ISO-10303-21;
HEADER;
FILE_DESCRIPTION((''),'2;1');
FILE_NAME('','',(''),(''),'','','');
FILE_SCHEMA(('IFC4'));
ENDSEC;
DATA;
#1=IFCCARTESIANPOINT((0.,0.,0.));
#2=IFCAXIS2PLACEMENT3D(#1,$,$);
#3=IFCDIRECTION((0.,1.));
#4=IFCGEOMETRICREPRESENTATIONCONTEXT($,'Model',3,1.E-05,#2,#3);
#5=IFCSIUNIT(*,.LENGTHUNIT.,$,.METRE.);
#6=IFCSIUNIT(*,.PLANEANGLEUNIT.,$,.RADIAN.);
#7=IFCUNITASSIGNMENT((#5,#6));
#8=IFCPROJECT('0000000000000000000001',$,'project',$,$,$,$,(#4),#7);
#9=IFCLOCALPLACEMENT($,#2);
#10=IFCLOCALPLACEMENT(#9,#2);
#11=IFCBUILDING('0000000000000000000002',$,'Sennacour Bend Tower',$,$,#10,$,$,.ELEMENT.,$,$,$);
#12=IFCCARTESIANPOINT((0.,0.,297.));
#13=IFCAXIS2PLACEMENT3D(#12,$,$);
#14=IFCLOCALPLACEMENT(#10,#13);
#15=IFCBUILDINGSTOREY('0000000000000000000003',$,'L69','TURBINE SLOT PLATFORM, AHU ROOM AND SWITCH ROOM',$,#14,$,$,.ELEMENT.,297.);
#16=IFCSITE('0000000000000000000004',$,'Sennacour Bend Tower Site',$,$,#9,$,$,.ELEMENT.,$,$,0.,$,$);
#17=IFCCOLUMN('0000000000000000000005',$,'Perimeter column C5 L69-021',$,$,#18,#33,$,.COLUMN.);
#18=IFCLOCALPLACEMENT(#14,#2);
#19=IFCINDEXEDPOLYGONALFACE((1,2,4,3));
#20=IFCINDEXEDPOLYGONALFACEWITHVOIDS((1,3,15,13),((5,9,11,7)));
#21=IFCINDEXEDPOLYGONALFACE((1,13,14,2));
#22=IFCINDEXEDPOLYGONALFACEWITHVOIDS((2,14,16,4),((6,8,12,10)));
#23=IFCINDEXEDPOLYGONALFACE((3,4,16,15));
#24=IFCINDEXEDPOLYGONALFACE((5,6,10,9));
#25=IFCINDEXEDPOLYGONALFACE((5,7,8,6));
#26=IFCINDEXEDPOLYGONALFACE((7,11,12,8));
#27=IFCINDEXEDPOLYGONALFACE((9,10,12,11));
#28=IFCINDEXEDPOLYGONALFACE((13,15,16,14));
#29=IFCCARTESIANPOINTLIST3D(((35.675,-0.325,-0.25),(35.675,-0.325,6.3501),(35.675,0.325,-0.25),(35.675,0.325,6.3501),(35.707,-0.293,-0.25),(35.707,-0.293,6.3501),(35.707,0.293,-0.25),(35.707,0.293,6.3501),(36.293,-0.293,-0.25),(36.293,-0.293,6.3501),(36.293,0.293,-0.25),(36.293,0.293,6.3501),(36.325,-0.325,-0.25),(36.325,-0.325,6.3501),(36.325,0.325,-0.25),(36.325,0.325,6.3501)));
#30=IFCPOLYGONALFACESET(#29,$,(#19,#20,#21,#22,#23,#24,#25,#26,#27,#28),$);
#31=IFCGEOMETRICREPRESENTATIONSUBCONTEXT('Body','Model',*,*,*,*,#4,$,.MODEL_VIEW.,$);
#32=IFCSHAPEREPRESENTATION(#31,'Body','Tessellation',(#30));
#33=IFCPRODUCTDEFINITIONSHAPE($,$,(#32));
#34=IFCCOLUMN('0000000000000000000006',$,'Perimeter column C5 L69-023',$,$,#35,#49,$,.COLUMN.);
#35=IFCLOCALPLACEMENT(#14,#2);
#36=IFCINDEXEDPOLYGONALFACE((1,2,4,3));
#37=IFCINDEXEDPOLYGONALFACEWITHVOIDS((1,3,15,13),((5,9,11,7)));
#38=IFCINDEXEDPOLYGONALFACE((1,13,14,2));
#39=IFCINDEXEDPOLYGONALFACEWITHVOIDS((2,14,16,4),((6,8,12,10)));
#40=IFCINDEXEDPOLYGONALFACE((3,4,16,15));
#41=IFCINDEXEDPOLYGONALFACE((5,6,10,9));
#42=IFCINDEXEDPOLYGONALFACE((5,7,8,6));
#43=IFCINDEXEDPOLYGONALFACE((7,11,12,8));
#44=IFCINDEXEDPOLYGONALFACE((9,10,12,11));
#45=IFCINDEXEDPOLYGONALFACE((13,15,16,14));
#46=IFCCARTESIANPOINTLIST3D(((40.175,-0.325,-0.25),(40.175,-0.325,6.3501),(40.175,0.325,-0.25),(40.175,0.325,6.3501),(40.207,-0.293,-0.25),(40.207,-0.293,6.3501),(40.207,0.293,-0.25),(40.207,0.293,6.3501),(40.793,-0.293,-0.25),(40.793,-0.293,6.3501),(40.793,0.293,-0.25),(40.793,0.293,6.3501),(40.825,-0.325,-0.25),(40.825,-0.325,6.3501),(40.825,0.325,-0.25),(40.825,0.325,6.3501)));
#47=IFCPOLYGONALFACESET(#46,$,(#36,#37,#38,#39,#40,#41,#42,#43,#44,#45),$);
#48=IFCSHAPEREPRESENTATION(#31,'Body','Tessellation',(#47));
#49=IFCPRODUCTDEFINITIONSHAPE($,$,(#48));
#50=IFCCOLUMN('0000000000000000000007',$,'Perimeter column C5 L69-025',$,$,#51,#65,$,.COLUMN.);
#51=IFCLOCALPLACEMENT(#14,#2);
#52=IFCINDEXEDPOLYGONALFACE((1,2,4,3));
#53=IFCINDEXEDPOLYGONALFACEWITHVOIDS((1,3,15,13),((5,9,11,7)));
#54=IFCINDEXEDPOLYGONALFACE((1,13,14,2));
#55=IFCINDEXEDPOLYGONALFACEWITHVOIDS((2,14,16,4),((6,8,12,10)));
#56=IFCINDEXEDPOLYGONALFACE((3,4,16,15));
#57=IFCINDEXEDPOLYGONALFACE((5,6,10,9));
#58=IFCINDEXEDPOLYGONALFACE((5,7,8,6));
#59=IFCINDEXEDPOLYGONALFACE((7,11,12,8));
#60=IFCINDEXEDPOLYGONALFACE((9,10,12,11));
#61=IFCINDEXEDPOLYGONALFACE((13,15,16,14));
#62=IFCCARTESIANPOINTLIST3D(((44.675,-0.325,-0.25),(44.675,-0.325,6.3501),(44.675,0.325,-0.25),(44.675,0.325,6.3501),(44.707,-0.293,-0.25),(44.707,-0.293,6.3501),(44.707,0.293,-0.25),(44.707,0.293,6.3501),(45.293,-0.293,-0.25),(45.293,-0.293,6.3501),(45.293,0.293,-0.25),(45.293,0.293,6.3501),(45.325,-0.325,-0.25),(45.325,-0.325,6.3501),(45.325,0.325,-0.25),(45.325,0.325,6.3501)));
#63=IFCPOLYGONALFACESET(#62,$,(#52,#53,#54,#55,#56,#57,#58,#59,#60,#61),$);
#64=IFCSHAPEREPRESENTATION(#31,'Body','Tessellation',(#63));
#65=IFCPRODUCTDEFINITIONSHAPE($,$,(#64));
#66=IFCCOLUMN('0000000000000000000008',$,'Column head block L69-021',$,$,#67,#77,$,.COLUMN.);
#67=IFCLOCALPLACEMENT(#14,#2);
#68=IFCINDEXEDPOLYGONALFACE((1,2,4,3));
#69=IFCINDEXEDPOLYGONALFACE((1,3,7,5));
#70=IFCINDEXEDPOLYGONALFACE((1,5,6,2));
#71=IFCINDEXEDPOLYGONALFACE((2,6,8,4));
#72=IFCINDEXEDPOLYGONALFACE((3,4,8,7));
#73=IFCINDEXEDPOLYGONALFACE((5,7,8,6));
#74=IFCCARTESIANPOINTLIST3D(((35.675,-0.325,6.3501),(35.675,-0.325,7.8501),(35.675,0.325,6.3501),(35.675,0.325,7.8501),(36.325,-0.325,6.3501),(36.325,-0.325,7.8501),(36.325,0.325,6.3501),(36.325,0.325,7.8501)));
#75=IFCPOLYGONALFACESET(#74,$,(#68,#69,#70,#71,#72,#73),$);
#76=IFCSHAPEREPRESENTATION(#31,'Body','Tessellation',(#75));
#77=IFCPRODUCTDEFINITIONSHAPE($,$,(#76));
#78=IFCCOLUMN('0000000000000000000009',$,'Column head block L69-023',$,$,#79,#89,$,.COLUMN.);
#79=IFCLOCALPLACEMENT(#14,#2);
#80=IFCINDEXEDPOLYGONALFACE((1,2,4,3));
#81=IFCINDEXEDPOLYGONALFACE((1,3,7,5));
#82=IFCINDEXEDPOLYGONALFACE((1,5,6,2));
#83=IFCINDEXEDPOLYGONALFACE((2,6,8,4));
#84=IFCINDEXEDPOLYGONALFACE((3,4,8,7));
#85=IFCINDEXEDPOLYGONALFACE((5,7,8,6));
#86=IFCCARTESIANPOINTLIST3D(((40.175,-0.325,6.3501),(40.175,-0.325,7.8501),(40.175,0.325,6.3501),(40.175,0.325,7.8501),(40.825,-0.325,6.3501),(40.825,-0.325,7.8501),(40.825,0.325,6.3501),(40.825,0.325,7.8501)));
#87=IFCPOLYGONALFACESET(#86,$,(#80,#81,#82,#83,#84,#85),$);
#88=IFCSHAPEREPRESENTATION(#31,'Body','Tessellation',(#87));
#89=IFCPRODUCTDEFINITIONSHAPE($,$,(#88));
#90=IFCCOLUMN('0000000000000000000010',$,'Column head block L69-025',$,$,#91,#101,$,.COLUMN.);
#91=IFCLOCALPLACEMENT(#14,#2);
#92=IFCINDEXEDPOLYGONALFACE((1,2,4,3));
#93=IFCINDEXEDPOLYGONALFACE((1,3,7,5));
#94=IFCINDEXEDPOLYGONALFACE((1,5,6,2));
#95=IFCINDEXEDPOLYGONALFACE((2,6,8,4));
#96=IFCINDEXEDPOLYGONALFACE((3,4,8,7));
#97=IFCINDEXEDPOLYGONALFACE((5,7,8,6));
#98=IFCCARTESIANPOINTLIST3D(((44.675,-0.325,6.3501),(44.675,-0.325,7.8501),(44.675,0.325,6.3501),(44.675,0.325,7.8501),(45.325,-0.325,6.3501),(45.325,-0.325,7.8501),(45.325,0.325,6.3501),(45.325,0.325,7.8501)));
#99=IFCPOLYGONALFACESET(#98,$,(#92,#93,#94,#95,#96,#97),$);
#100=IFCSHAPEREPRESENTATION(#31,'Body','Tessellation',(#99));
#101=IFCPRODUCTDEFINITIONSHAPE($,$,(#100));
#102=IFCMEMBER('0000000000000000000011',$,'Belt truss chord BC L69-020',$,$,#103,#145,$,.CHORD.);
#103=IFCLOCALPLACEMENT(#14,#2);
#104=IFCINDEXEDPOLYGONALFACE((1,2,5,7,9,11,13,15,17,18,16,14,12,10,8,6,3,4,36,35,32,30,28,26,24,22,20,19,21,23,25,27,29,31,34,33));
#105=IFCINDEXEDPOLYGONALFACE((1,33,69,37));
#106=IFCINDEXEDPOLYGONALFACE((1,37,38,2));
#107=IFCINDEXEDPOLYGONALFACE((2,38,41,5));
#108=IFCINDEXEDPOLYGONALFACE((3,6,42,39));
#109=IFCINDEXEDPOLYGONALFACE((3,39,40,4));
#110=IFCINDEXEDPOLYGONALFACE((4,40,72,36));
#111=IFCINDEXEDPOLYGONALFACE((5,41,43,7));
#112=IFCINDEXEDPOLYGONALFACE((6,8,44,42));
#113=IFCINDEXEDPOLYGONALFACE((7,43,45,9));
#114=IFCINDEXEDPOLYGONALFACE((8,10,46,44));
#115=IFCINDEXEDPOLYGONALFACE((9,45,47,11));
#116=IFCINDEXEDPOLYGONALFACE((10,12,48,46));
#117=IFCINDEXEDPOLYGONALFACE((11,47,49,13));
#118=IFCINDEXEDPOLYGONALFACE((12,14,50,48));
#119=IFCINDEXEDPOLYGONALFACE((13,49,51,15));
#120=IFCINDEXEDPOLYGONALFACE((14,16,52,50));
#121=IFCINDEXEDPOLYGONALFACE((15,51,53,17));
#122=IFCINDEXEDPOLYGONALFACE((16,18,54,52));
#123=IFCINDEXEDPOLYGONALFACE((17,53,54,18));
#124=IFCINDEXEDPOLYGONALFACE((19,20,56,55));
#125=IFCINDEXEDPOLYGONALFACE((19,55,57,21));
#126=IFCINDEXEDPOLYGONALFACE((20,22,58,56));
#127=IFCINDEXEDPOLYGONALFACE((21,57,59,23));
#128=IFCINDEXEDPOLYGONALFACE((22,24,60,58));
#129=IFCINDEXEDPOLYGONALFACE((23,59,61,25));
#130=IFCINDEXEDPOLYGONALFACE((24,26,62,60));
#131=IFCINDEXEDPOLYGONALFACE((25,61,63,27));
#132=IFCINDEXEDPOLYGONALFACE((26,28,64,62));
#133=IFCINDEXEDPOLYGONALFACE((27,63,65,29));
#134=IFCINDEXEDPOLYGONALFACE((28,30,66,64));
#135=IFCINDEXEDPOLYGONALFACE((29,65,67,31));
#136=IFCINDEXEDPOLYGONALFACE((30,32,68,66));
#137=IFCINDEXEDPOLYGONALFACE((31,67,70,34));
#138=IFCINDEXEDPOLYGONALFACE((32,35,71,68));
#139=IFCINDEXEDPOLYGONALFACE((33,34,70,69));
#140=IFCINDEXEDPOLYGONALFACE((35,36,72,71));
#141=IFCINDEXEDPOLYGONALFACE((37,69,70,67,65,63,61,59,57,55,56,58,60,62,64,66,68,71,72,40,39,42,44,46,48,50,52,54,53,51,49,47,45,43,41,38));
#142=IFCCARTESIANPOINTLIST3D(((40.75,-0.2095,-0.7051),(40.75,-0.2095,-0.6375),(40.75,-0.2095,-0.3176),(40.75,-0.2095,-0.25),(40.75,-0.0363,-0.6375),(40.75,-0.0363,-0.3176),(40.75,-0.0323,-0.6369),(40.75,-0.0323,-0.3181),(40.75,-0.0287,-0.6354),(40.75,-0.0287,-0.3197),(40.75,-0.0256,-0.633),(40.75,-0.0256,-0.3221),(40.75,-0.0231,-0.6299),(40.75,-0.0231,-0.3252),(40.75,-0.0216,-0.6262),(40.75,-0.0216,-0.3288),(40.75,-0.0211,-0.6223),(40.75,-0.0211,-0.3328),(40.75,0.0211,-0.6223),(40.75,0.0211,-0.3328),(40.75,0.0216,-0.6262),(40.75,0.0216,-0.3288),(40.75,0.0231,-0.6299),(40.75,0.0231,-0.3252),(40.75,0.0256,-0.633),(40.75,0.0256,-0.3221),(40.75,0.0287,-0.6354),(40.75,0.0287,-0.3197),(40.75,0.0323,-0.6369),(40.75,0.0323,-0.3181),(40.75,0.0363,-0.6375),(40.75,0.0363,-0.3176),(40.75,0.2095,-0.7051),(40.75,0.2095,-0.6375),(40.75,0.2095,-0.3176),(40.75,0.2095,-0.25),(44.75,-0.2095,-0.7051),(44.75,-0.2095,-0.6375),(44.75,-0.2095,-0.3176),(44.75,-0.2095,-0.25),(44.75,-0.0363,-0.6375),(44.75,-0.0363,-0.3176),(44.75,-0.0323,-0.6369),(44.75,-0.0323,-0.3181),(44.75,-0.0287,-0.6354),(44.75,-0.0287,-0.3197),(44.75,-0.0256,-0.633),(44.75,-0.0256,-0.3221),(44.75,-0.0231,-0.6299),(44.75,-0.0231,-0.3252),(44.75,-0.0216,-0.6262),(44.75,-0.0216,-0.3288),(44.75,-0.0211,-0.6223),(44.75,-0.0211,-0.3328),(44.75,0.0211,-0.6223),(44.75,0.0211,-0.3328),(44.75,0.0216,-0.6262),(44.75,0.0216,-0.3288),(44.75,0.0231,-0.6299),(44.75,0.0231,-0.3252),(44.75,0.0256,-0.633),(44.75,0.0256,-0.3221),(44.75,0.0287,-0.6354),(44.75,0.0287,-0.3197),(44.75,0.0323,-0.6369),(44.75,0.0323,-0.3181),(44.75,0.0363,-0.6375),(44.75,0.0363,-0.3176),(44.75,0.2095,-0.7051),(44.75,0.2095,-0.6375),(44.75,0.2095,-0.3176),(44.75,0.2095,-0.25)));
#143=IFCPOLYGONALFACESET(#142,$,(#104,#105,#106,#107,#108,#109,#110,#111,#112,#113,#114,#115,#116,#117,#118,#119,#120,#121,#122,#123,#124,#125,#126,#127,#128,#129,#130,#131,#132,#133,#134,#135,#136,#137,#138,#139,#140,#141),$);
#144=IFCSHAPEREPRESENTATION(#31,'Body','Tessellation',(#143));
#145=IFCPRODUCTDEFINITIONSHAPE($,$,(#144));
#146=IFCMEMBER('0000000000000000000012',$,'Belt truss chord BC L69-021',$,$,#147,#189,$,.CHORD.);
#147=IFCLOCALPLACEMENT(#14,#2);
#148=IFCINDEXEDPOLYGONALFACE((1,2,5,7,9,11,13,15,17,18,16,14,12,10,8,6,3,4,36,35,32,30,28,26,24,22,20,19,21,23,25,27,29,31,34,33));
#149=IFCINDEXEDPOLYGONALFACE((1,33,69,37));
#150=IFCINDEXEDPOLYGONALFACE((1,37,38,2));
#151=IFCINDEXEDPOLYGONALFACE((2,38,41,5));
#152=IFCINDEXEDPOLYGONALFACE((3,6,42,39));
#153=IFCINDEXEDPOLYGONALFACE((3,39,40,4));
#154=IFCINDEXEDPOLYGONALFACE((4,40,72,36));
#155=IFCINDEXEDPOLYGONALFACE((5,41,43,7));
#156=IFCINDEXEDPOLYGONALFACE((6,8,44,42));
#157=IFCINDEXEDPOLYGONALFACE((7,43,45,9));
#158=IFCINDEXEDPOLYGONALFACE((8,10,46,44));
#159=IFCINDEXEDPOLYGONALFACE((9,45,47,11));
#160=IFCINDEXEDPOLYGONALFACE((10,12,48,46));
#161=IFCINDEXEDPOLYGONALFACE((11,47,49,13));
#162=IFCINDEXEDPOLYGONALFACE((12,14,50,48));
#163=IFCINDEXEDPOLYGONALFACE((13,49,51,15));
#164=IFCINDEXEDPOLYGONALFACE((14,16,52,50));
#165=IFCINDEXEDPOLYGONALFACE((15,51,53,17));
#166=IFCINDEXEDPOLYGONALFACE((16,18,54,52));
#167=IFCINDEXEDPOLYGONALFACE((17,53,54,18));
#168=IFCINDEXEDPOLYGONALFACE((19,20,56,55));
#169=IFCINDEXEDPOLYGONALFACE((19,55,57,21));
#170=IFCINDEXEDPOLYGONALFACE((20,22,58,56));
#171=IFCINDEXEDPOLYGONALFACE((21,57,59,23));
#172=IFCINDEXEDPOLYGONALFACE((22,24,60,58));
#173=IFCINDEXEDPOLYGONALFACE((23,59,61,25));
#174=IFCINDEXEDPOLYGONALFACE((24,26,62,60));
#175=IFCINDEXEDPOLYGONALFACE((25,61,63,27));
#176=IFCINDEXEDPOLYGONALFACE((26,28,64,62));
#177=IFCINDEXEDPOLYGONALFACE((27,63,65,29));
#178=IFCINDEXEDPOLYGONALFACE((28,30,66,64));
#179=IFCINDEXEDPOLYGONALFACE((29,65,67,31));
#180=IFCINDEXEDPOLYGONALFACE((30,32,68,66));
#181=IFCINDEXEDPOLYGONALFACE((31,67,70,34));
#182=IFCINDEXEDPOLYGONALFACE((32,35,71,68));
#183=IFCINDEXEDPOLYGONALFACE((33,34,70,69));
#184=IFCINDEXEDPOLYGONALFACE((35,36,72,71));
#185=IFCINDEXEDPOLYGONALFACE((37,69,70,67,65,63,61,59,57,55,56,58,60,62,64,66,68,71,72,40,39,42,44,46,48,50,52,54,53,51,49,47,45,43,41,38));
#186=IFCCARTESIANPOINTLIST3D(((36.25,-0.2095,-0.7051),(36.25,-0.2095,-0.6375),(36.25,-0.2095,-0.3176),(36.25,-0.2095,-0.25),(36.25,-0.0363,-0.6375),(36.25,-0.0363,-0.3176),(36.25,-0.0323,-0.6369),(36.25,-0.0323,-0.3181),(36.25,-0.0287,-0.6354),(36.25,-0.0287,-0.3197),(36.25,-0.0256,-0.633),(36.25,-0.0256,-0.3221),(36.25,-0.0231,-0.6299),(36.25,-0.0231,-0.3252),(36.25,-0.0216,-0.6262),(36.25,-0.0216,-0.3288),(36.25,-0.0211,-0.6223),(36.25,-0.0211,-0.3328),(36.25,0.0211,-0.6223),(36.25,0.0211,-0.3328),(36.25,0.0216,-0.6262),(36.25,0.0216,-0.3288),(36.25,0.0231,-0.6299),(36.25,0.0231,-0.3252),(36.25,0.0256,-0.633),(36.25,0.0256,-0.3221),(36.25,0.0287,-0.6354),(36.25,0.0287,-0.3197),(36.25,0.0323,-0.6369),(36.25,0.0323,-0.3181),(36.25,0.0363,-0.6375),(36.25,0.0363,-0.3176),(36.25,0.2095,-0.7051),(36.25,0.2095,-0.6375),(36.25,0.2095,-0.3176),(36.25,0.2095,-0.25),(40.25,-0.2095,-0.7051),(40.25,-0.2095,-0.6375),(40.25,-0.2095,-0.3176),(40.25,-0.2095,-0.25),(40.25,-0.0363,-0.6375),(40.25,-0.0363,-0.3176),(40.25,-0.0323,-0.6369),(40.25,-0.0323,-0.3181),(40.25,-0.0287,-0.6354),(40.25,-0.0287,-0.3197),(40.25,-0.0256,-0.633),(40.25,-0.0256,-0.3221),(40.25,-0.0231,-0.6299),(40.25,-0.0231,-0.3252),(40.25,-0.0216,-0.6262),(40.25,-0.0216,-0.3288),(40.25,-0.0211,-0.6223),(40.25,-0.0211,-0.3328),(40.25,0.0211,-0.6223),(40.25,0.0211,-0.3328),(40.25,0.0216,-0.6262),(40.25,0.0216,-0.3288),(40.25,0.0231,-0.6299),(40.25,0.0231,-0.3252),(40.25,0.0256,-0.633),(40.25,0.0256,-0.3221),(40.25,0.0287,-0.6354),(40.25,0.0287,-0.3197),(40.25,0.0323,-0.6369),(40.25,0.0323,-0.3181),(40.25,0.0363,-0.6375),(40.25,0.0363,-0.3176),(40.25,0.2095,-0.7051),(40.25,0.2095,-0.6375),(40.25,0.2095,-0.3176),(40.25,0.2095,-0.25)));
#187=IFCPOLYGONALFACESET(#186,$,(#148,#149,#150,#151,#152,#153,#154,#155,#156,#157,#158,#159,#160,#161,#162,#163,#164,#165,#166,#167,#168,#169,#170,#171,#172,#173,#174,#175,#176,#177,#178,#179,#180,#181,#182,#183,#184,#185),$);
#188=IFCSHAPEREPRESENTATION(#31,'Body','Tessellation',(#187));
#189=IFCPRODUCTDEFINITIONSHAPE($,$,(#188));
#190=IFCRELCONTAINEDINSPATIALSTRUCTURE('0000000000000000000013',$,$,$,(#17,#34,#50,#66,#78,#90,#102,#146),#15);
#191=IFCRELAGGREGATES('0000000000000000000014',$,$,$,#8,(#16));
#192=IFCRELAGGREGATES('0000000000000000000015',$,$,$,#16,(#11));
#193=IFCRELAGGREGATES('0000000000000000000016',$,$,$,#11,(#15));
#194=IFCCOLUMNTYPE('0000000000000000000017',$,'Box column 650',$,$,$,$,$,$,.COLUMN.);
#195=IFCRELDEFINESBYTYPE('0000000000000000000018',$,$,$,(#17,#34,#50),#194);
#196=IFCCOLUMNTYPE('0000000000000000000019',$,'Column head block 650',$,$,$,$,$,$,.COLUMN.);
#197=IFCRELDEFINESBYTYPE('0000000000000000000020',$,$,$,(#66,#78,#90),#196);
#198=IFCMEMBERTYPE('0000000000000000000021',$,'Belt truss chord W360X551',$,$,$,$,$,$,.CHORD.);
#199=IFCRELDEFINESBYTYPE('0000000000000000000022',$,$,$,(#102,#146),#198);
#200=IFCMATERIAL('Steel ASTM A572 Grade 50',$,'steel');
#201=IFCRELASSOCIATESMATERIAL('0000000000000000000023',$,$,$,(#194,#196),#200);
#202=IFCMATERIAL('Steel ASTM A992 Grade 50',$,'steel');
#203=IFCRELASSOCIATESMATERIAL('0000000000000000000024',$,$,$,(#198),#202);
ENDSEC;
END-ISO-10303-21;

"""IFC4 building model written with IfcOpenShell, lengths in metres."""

from ifc_helpers import new_model, si_unit, direction, frame, origin, origin_2d, place, context, subcontext, project, spatial, rectangle, hollow_rectangle, i_section, extrude, material, material_profile, profile_set, type_object, element, save


model = new_model("IFC4")

# Units and contexts
model_context = context("Model", 3, precision=1e-05, world=origin(), true_north=direction((0.0, 1.0)))
body_context = subcontext(model_context, "Body", "Model", "MODEL_VIEW")
ifc_project = project(units=[si_unit("LENGTHUNIT", "METRE"), si_unit("PLANEANGLEUNIT", "RADIAN")], contexts=[model_context])

# Site, building, storey
site_placement = place(None, origin())
site = spatial("IfcSite", under=ifc_project, at=site_placement, Name="Sennacour Bend Tower Site", CompositionType="ELEMENT", RefElevation=0.0)
building_placement = place(site_placement, origin())
building = spatial("IfcBuilding", under=site, at=building_placement, Name="Sennacour Bend Tower", CompositionType="ELEMENT")
storey_placement = place(building_placement, frame((0.0, 0.0, 297.0)))
storey = spatial("IfcBuildingStorey", under=building, at=storey_placement, Name="L69", Description="TURBINE SLOT PLATFORM, AHU ROOM AND SWITCH ROOM", CompositionType="ELEMENT", Elevation=297.0)

# Columns
ifc_material_1 = material(Name="Steel ASTM A572 Grade 50", Category="steel")
ifc_material_profile_1 = material_profile(ifc_material_1, hollow_rectangle(XDim=0.6499, YDim=0.6499, WallThickness=0.032, at=origin_2d()), Name="Steel ASTM A572 Grade 50", Category="steel")
ifc_profile_set_1 = profile_set([ifc_material_profile_1], Name="Steel ASTM A572 Grade 50")
column_type_1 = type_object("IfcColumnType", Name="Box column 650", PredefinedType="COLUMN", material=ifc_profile_set_1)
for number, where, z_axis, x_axis, name in (
    (1, (36.0, 0.0, -0.25), (0.0, 0.0, 1.0), (1.0, 0.0, 0.0), "Perimeter column C5 L69-021"),
    (2, (40.5, 0.0, -0.25), (0.0, 0.0, 1.0), (1.0, 0.0, 0.0), "Perimeter column C5 L69-023"),
    (3, (45.0, 0.0, -0.25), (0.0, 0.0, 1.0), (1.0, 0.0, 0.0), "Perimeter column C5 L69-025"),
):
    element("IfcColumn", number, at=place(storey_placement, frame(where, z_axis=z_axis, x_axis=x_axis)), inside=storey, type_object=column_type_1, Name=name, PredefinedType="COLUMN", context=body_context, shape_type="SweptSolid", body=[
        extrude(hollow_rectangle(XDim=0.6499, YDim=0.6499, WallThickness=0.032, at=origin_2d()), origin(), (0.0, 0.0, 1.0), 6.6001),
    ])
ifc_material_profile_2 = material_profile(ifc_material_1, rectangle(XDim=0.6499, YDim=0.6499, at=origin_2d()), Name="Steel ASTM A572 Grade 50", Category="steel")
ifc_profile_set_2 = profile_set([ifc_material_profile_2], Name="Steel ASTM A572 Grade 50")
column_type_2 = type_object("IfcColumnType", Name="Column head block 650", PredefinedType="COLUMN", material=ifc_profile_set_2)
for number, where, z_axis, x_axis, name in (
    (4, (36.0, 0.0, 6.3501), (0.0, 0.0, 1.0), (1.0, 0.0, 0.0), "Column head block L69-021"),
    (5, (40.5, 0.0, 6.3501), (0.0, 0.0, 1.0), (1.0, 0.0, 0.0), "Column head block L69-023"),
    (6, (45.0, 0.0, 6.3501), (0.0, 0.0, 1.0), (1.0, 0.0, 0.0), "Column head block L69-025"),
):
    element("IfcColumn", number, at=place(storey_placement, frame(where, z_axis=z_axis, x_axis=x_axis)), inside=storey, type_object=column_type_2, Name=name, PredefinedType="COLUMN", context=body_context, shape_type="SweptSolid", body=[
        extrude(rectangle(XDim=0.6499, YDim=0.6499, at=origin_2d()), origin(), (0.0, 0.0, 1.0), 1.5),
    ])

# Members
ifc_material_2 = material(Name="Steel ASTM A992 Grade 50", Category="steel")
ifc_material_profile_3 = material_profile(ifc_material_2, i_section(OverallWidth=0.4189, OverallDepth=0.4551, WebThickness=0.0422, FlangeThickness=0.0676, FilletRadius=0.0151, at=origin_2d()), Name="Steel ASTM A992 Grade 50", Category="steel")
ifc_profile_set_3 = profile_set([ifc_material_profile_3], Name="Steel ASTM A992 Grade 50")
member_type_1 = type_object("IfcMemberType", Name="Belt truss chord W360X551", PredefinedType="CHORD", material=ifc_profile_set_3)
for number, where, z_axis, x_axis, name in (
    (7, (44.75, 0.0, -0.4775), (-1.0, 0.0, 0.0), (0.0, -1.0, 0.0), "Belt truss chord BC L69-020"),
    (8, (40.25, 0.0, -0.4775), (-1.0, 0.0, 0.0), (0.0, -1.0, 0.0), "Belt truss chord BC L69-021"),
):
    element("IfcMember", number, at=place(storey_placement, frame(where, z_axis=z_axis, x_axis=x_axis)), inside=storey, type_object=member_type_1, Name=name, PredefinedType="CHORD", context=body_context, shape_type="SweptSolid", body=[
        extrude(i_section(OverallWidth=0.4189, OverallDepth=0.4551, WebThickness=0.0422, FlangeThickness=0.0676, FilletRadius=0.0151, at=origin_2d()), origin(), (0.0, 0.0, 1.0), 4.0),
    ])

save(model, "model.ifc")
